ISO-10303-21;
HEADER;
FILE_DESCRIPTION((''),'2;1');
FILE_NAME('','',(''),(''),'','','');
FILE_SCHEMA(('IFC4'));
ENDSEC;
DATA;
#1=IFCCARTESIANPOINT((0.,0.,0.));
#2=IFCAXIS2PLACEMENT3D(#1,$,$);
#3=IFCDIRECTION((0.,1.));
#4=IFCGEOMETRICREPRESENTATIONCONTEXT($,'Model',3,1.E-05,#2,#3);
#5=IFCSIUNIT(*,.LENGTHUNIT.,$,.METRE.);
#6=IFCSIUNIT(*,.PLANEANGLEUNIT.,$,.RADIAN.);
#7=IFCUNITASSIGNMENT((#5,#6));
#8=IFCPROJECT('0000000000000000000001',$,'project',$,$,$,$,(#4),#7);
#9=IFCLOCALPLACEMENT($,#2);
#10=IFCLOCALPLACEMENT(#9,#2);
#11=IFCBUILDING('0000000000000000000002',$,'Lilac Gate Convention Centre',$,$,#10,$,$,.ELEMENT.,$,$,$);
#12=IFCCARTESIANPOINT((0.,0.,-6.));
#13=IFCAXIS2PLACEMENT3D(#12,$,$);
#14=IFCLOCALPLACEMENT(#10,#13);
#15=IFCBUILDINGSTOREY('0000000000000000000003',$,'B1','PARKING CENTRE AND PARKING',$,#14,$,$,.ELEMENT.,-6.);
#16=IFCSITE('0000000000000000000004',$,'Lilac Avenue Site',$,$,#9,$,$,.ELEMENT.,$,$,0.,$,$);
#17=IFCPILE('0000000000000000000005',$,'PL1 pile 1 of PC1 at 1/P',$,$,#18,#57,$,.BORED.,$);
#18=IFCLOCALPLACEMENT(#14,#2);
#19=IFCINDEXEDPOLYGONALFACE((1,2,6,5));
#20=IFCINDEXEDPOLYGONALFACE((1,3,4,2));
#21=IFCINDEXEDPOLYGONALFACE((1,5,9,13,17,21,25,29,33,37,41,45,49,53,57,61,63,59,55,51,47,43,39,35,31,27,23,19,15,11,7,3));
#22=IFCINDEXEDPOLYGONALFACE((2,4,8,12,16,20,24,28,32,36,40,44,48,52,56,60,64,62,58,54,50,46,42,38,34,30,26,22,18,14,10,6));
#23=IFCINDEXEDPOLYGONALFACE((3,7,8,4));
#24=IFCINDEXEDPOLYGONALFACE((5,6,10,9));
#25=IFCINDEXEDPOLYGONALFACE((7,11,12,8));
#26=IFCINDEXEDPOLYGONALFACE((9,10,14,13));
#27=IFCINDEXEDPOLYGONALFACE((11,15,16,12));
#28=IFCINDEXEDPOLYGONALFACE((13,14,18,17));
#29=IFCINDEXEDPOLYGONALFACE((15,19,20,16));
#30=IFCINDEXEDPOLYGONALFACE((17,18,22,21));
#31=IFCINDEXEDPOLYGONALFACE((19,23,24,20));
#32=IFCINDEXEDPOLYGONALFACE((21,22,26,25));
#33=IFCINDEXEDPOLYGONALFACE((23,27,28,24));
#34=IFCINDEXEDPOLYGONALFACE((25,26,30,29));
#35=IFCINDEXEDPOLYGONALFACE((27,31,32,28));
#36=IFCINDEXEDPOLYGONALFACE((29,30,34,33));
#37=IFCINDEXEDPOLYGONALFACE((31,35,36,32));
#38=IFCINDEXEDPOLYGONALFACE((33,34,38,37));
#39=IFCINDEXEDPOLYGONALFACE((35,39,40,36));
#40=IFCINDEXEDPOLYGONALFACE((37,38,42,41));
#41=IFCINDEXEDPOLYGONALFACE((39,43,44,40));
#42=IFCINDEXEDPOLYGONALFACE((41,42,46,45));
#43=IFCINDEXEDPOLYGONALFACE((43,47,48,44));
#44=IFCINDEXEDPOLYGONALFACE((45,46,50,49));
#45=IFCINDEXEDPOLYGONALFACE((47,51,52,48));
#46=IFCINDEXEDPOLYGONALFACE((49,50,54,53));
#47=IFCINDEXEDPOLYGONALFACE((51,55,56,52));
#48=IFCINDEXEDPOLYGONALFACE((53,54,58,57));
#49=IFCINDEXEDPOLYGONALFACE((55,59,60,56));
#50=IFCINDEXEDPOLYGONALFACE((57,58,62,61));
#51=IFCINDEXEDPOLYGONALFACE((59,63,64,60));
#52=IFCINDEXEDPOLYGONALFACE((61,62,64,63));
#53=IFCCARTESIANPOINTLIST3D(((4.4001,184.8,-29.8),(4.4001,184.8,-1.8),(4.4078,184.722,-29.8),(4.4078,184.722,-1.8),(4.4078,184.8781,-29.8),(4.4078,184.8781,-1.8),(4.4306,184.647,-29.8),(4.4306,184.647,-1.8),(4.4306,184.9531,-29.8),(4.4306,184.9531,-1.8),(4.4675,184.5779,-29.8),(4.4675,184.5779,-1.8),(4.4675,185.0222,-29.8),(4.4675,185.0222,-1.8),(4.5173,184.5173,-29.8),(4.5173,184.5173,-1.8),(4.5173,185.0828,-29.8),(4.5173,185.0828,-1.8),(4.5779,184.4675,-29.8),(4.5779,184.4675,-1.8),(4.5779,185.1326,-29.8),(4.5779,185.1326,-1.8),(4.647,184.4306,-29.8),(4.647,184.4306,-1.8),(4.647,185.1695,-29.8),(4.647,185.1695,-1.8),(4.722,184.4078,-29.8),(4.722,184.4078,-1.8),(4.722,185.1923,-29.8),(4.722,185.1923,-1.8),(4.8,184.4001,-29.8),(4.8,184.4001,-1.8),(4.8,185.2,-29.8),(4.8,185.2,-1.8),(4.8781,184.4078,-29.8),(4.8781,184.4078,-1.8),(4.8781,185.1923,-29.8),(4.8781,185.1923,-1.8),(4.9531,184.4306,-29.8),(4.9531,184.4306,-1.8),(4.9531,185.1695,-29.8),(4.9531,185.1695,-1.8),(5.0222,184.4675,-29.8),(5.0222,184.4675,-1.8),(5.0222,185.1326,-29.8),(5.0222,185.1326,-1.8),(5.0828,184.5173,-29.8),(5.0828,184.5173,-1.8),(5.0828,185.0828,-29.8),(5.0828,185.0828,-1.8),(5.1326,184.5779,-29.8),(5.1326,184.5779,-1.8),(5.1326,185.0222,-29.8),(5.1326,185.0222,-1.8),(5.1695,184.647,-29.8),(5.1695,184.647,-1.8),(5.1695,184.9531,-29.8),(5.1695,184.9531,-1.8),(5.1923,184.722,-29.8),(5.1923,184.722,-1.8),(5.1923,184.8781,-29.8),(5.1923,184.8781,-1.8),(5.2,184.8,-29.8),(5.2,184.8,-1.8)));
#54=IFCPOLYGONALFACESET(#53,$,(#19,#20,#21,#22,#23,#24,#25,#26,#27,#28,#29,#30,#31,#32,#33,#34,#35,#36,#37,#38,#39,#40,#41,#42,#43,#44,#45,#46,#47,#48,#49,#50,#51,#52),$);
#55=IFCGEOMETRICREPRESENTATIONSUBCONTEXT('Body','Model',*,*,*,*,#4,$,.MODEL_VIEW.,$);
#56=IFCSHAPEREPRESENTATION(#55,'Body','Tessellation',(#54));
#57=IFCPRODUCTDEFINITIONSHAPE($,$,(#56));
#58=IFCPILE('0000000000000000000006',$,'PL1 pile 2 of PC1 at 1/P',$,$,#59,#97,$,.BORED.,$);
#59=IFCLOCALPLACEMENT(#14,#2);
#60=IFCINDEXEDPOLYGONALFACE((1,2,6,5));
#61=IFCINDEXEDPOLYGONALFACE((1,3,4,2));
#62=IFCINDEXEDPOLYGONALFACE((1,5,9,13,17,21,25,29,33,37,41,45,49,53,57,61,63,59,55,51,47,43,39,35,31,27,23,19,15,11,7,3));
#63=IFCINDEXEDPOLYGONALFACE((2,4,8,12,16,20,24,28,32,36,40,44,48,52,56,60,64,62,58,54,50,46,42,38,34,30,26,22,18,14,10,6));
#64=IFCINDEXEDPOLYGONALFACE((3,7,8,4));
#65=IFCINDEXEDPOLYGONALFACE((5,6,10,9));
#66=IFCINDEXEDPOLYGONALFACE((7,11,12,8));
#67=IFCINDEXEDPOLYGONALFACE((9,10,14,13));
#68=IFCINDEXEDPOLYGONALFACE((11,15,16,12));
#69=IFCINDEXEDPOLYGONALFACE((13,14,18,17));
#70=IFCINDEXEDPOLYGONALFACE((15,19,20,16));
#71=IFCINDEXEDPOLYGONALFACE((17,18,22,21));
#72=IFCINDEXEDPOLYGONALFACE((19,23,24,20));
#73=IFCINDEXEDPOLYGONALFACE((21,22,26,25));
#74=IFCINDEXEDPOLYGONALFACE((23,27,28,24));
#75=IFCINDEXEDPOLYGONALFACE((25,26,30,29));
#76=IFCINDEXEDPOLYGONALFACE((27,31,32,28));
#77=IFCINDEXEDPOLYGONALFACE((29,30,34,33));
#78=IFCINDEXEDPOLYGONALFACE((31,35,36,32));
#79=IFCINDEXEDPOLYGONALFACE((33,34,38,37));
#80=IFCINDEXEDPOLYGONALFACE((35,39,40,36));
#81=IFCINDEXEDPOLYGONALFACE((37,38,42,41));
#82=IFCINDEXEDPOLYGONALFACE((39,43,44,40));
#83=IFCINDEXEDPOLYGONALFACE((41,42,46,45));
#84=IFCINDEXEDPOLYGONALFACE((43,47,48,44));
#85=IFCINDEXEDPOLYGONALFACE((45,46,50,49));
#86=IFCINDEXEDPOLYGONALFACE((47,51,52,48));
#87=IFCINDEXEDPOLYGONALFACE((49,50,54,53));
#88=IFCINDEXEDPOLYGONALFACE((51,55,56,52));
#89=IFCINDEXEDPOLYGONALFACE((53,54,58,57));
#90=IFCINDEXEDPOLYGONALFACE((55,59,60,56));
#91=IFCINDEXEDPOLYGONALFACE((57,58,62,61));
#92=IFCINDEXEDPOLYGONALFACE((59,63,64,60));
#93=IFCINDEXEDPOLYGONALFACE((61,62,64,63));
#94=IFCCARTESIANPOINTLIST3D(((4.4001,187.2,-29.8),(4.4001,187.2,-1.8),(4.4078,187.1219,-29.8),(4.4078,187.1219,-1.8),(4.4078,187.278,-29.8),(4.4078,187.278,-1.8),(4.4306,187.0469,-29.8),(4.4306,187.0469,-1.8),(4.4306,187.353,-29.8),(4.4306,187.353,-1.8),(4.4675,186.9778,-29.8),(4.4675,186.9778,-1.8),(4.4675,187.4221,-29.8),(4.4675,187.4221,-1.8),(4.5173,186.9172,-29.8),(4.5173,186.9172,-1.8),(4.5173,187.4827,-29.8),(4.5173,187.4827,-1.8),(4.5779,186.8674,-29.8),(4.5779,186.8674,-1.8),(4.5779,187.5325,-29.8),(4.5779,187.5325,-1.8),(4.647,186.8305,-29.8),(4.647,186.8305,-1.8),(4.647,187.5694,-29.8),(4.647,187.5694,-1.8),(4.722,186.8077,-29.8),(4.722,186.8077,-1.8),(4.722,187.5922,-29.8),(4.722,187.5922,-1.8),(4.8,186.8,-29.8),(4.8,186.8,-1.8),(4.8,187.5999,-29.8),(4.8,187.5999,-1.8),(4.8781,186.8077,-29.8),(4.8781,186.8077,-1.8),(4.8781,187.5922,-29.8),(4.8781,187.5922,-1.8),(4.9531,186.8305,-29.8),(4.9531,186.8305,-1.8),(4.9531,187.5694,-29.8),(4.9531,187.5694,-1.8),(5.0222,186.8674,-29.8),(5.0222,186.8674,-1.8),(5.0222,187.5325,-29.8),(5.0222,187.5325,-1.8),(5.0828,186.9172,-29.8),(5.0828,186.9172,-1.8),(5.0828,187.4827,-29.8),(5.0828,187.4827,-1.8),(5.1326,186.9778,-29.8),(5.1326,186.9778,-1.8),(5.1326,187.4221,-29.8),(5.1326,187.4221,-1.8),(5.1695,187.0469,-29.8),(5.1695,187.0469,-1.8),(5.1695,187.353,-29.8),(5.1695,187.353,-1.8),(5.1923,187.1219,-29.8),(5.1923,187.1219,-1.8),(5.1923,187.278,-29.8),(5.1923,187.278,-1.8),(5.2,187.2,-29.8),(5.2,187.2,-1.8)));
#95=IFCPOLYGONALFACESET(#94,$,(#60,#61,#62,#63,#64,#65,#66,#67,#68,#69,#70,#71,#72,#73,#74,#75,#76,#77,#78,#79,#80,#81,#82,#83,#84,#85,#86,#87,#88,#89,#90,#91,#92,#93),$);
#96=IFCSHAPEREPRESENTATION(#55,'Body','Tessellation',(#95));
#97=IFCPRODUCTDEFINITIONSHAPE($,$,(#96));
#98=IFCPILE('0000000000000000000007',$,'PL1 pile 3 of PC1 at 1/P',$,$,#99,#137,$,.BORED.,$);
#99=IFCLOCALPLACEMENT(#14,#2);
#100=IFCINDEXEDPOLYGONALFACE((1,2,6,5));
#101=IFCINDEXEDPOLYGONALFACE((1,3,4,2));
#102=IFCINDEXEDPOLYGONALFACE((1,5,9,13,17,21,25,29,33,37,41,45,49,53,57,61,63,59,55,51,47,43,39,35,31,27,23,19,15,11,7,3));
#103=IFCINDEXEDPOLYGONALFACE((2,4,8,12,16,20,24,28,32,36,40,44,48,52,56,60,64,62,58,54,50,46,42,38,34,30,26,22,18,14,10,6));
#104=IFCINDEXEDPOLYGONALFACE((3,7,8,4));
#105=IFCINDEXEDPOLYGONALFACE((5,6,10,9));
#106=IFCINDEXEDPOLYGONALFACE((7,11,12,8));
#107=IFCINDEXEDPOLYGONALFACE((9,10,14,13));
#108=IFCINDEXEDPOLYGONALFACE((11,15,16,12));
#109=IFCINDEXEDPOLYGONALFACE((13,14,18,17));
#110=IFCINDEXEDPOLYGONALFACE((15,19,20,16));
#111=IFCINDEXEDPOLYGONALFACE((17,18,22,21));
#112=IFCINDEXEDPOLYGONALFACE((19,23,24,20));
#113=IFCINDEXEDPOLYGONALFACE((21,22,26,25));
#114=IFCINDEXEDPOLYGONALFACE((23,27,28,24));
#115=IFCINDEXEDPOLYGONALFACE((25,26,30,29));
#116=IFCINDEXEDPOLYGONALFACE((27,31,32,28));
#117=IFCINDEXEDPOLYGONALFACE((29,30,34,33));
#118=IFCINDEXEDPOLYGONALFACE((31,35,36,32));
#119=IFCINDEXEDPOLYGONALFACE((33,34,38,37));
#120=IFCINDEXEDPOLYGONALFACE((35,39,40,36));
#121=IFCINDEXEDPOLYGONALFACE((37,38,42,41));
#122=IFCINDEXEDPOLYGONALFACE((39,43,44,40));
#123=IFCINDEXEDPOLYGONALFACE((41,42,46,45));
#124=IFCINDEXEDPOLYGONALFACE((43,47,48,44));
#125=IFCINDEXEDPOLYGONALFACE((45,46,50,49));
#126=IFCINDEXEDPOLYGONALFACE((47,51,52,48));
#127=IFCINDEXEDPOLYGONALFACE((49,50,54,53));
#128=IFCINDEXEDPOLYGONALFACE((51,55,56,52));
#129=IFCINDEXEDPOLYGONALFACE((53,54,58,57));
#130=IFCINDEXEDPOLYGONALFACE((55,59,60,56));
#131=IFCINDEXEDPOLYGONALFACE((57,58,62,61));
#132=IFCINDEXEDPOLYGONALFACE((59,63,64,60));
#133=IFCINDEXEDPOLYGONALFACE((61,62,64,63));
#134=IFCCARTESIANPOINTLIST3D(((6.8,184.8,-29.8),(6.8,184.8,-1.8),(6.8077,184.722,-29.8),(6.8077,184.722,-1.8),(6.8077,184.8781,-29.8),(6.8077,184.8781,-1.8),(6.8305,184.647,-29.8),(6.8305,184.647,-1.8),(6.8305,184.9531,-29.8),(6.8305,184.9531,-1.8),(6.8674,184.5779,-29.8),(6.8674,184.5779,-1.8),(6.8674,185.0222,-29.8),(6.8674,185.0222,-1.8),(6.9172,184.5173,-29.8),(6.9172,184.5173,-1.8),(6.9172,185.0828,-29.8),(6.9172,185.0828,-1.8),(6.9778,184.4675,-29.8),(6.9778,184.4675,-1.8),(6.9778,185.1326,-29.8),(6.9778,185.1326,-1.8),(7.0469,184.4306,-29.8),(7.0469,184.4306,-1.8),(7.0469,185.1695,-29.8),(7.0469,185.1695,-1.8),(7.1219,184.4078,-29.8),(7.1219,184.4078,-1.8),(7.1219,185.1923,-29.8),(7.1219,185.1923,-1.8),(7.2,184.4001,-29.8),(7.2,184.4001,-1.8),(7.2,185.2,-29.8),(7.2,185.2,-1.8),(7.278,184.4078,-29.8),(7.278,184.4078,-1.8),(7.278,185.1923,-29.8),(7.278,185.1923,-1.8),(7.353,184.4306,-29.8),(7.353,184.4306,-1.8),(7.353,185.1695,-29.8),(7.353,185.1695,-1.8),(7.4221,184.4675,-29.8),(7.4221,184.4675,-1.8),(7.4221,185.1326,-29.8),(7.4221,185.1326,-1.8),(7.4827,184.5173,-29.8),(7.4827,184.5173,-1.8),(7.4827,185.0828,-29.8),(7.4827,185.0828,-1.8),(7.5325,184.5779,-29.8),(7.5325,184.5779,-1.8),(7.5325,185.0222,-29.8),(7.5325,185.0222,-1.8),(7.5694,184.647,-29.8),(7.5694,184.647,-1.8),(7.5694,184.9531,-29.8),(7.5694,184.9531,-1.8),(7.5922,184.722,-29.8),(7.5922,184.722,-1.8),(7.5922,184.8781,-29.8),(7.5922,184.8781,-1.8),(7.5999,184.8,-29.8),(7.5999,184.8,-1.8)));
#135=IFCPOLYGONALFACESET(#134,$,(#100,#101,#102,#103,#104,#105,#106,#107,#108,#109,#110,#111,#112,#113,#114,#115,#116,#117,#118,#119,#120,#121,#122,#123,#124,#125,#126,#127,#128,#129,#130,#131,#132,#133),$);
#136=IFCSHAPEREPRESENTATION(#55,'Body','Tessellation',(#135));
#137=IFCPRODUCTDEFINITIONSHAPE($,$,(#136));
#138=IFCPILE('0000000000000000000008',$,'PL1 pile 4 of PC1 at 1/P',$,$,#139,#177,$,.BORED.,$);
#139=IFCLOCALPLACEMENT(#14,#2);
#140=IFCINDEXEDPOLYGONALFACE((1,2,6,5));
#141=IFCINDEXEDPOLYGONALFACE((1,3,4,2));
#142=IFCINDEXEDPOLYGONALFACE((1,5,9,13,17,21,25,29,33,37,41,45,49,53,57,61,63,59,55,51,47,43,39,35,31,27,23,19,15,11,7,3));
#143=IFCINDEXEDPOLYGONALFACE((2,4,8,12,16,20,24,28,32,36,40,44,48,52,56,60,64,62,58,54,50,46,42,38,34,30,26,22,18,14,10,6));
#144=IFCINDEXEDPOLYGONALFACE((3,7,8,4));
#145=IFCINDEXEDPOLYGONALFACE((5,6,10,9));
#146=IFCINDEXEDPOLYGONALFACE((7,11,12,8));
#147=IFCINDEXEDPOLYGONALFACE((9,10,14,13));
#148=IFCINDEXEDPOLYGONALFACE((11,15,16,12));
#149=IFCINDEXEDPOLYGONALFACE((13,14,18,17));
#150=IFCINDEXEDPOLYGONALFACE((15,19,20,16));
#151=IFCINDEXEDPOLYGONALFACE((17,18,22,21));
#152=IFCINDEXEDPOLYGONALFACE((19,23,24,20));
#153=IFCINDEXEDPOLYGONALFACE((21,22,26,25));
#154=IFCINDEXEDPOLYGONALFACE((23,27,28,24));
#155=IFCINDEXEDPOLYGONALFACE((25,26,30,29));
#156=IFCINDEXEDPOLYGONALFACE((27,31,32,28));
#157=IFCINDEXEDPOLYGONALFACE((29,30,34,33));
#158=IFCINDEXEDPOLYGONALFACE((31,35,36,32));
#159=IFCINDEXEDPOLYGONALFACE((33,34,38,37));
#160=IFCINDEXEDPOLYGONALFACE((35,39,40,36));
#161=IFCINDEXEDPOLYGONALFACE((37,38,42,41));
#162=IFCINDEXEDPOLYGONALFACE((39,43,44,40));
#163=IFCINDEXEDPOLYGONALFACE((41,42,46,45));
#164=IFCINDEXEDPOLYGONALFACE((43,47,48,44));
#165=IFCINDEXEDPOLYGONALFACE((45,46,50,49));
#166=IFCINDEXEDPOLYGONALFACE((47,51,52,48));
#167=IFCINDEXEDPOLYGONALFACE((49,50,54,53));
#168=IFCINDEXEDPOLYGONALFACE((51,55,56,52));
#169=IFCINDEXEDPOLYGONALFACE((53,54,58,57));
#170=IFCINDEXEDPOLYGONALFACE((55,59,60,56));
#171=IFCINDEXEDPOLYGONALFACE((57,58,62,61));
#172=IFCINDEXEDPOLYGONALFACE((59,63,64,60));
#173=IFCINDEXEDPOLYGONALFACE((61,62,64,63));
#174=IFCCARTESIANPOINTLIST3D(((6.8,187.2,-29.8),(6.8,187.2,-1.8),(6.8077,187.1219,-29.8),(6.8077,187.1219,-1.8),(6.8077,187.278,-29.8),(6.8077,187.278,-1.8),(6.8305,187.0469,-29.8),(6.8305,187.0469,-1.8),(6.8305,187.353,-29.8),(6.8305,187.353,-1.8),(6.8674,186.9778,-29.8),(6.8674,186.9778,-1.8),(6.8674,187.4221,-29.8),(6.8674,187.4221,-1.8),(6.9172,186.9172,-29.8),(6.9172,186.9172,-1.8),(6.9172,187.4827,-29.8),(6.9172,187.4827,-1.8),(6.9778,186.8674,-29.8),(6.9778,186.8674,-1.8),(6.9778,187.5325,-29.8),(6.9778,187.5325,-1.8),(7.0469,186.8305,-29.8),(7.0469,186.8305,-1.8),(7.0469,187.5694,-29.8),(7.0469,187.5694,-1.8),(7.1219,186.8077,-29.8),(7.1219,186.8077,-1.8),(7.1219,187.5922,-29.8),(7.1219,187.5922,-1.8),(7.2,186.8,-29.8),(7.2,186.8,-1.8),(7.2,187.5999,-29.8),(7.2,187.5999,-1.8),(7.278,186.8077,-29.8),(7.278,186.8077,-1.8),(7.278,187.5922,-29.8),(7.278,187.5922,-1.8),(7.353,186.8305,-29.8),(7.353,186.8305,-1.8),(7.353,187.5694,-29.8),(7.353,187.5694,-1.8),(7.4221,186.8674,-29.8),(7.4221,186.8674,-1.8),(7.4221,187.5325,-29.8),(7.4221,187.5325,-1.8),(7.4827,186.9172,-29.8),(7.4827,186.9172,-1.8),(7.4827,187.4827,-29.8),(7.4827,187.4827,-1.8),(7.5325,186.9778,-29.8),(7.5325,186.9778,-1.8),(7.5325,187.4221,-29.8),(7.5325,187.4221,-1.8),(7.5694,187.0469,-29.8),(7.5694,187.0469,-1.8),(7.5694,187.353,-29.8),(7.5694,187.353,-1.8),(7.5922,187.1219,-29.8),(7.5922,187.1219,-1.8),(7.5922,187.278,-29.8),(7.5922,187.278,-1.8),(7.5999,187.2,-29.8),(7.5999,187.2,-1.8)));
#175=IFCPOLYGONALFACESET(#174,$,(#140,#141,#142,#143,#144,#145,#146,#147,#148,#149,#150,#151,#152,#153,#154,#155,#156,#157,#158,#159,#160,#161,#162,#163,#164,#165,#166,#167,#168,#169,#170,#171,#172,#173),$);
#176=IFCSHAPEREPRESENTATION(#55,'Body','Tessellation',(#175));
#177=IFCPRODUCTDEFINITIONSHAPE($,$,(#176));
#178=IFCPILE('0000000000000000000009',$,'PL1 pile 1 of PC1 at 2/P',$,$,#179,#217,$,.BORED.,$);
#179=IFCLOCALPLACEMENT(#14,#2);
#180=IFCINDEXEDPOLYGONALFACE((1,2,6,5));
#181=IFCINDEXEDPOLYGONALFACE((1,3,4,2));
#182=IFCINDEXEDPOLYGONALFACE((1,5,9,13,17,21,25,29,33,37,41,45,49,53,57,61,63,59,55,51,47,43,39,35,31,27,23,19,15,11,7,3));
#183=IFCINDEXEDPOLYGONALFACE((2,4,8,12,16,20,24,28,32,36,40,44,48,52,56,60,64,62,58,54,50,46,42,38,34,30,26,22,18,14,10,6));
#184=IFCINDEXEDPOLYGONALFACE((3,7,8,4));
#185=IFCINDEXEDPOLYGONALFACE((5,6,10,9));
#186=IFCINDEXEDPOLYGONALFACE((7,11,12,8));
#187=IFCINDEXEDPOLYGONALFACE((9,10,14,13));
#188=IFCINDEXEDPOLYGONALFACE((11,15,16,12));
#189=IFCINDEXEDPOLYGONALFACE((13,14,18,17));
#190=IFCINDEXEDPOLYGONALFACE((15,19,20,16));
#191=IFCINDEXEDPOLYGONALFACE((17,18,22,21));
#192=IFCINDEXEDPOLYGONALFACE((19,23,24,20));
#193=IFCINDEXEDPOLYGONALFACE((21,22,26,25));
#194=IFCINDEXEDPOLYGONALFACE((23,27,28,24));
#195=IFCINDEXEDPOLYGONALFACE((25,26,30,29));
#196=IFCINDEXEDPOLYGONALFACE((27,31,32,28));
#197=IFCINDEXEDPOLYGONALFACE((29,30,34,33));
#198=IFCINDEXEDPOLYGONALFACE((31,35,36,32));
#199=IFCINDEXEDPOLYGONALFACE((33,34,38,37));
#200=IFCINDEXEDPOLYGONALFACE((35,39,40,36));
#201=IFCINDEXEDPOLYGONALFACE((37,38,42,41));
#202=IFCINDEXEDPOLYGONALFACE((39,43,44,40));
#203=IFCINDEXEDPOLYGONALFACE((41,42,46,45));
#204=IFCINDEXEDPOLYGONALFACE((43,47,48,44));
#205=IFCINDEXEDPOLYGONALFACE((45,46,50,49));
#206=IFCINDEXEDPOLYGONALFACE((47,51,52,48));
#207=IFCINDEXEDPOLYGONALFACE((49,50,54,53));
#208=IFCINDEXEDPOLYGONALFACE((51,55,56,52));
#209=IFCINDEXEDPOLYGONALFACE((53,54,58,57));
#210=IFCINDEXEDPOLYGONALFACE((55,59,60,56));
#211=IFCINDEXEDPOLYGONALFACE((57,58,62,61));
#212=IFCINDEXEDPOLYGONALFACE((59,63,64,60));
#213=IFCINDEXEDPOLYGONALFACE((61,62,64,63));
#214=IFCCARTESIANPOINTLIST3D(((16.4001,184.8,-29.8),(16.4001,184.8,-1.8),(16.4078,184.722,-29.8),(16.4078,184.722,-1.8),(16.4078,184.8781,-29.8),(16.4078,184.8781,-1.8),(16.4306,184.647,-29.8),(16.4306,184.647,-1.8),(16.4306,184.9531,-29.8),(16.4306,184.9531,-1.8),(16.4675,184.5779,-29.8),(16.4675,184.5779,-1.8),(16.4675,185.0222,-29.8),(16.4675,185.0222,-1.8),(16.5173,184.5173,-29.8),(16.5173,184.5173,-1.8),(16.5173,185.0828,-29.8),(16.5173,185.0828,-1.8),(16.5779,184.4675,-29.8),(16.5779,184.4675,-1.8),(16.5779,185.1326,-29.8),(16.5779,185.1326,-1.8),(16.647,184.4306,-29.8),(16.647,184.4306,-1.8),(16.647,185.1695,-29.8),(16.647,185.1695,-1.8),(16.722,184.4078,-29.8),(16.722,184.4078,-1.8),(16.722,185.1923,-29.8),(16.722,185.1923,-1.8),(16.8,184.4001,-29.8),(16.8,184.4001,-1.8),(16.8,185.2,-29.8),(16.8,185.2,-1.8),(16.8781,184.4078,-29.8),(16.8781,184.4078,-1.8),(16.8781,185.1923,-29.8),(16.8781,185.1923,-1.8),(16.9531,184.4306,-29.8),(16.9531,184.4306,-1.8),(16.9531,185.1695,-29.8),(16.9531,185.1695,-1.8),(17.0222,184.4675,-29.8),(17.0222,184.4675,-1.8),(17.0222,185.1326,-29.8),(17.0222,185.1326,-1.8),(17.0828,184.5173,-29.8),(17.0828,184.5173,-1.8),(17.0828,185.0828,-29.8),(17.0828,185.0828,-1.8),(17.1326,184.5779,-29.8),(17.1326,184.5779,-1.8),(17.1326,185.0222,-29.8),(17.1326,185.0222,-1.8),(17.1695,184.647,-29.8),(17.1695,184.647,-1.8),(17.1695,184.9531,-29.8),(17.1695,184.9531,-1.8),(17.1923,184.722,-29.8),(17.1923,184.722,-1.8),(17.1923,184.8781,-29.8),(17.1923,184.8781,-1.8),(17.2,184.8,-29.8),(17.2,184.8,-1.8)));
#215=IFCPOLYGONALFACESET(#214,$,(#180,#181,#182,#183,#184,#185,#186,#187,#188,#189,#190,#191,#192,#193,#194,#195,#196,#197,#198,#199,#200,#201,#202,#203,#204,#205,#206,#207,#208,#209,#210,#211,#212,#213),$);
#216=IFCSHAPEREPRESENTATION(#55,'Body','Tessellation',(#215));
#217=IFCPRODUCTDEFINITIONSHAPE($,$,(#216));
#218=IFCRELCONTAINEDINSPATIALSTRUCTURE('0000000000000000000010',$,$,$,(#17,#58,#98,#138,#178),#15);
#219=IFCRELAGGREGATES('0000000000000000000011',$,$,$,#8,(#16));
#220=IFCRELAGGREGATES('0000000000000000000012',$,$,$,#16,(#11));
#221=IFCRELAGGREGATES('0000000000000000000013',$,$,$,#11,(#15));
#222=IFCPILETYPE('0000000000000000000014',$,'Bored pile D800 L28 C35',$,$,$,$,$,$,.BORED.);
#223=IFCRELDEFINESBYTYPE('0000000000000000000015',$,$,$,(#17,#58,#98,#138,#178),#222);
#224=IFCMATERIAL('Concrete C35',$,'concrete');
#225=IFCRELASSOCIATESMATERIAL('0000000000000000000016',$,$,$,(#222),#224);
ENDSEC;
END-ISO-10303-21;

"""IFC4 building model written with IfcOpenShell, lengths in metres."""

from ifc_helpers import new_model, si_unit, direction, frame, origin, origin_2d, place, context, subcontext, project, spatial, circle, extrude, material, material_profile, profile_set, type_object, element, save


model = new_model("IFC4")

# Units and contexts
model_context = context("Model", 3, precision=1e-05, world=origin(), true_north=direction((0.0, 1.0)))
body_context = subcontext(model_context, "Body", "Model", "MODEL_VIEW")
ifc_project = project(units=[si_unit("LENGTHUNIT", "METRE"), si_unit("PLANEANGLEUNIT", "RADIAN")], contexts=[model_context])

# Site, building, storey
site_placement = place(None, origin())
site = spatial("IfcSite", under=ifc_project, at=site_placement, Name="Lilac Avenue Site", CompositionType="ELEMENT", RefElevation=0.0)
building_placement = place(site_placement, origin())
building = spatial("IfcBuilding", under=site, at=building_placement, Name="Lilac Gate Convention Centre", CompositionType="ELEMENT")
storey_placement = place(building_placement, frame((0.0, 0.0, -6.0)))
storey = spatial("IfcBuildingStorey", under=building, at=storey_placement, Name="B1", Description="PARKING CENTRE AND PARKING", CompositionType="ELEMENT", Elevation=-6.0)

# Piles
ifc_material_1 = material(Name="Concrete C35", Category="concrete")
ifc_material_profile_1 = material_profile(ifc_material_1, circle(Radius=0.3999, at=origin_2d()), Name="D800")
ifc_profile_set_1 = profile_set([ifc_material_profile_1], Name="Concrete C35")
pile_type = type_object("IfcPileType", Name="Bored pile D800 L28 C35", PredefinedType="BORED", material=ifc_profile_set_1)
for number, where, z_axis, x_axis, name in (
    (1, (4.8, 184.8, -1.8), (0.0, 0.0, -1.0), (1.0, 0.0, 0.0), "PL1 pile 1 of PC1 at 1/P"),
    (2, (4.8, 187.2, -1.8), (0.0, 0.0, -1.0), (1.0, 0.0, 0.0), "PL1 pile 2 of PC1 at 1/P"),
    (3, (7.2, 184.8, -1.8), (0.0, 0.0, -1.0), (1.0, 0.0, 0.0), "PL1 pile 3 of PC1 at 1/P"),
    (4, (7.2, 187.2, -1.8), (0.0, 0.0, -1.0), (1.0, 0.0, 0.0), "PL1 pile 4 of PC1 at 1/P"),
    (5, (16.8, 184.8, -1.8), (0.0, 0.0, -1.0), (1.0, 0.0, 0.0), "PL1 pile 1 of PC1 at 2/P"),
):
    element("IfcPile", number, at=place(storey_placement, frame(where, z_axis=z_axis, x_axis=x_axis)), inside=storey, type_object=pile_type, Name=name, PredefinedType="BORED", context=body_context, shape_type="SweptSolid", body=[
        extrude(circle(Radius=0.3999, at=origin_2d()), origin(), (0.0, 0.0, 1.0), 28.0),
    ])

save(model, "model.ifc")
